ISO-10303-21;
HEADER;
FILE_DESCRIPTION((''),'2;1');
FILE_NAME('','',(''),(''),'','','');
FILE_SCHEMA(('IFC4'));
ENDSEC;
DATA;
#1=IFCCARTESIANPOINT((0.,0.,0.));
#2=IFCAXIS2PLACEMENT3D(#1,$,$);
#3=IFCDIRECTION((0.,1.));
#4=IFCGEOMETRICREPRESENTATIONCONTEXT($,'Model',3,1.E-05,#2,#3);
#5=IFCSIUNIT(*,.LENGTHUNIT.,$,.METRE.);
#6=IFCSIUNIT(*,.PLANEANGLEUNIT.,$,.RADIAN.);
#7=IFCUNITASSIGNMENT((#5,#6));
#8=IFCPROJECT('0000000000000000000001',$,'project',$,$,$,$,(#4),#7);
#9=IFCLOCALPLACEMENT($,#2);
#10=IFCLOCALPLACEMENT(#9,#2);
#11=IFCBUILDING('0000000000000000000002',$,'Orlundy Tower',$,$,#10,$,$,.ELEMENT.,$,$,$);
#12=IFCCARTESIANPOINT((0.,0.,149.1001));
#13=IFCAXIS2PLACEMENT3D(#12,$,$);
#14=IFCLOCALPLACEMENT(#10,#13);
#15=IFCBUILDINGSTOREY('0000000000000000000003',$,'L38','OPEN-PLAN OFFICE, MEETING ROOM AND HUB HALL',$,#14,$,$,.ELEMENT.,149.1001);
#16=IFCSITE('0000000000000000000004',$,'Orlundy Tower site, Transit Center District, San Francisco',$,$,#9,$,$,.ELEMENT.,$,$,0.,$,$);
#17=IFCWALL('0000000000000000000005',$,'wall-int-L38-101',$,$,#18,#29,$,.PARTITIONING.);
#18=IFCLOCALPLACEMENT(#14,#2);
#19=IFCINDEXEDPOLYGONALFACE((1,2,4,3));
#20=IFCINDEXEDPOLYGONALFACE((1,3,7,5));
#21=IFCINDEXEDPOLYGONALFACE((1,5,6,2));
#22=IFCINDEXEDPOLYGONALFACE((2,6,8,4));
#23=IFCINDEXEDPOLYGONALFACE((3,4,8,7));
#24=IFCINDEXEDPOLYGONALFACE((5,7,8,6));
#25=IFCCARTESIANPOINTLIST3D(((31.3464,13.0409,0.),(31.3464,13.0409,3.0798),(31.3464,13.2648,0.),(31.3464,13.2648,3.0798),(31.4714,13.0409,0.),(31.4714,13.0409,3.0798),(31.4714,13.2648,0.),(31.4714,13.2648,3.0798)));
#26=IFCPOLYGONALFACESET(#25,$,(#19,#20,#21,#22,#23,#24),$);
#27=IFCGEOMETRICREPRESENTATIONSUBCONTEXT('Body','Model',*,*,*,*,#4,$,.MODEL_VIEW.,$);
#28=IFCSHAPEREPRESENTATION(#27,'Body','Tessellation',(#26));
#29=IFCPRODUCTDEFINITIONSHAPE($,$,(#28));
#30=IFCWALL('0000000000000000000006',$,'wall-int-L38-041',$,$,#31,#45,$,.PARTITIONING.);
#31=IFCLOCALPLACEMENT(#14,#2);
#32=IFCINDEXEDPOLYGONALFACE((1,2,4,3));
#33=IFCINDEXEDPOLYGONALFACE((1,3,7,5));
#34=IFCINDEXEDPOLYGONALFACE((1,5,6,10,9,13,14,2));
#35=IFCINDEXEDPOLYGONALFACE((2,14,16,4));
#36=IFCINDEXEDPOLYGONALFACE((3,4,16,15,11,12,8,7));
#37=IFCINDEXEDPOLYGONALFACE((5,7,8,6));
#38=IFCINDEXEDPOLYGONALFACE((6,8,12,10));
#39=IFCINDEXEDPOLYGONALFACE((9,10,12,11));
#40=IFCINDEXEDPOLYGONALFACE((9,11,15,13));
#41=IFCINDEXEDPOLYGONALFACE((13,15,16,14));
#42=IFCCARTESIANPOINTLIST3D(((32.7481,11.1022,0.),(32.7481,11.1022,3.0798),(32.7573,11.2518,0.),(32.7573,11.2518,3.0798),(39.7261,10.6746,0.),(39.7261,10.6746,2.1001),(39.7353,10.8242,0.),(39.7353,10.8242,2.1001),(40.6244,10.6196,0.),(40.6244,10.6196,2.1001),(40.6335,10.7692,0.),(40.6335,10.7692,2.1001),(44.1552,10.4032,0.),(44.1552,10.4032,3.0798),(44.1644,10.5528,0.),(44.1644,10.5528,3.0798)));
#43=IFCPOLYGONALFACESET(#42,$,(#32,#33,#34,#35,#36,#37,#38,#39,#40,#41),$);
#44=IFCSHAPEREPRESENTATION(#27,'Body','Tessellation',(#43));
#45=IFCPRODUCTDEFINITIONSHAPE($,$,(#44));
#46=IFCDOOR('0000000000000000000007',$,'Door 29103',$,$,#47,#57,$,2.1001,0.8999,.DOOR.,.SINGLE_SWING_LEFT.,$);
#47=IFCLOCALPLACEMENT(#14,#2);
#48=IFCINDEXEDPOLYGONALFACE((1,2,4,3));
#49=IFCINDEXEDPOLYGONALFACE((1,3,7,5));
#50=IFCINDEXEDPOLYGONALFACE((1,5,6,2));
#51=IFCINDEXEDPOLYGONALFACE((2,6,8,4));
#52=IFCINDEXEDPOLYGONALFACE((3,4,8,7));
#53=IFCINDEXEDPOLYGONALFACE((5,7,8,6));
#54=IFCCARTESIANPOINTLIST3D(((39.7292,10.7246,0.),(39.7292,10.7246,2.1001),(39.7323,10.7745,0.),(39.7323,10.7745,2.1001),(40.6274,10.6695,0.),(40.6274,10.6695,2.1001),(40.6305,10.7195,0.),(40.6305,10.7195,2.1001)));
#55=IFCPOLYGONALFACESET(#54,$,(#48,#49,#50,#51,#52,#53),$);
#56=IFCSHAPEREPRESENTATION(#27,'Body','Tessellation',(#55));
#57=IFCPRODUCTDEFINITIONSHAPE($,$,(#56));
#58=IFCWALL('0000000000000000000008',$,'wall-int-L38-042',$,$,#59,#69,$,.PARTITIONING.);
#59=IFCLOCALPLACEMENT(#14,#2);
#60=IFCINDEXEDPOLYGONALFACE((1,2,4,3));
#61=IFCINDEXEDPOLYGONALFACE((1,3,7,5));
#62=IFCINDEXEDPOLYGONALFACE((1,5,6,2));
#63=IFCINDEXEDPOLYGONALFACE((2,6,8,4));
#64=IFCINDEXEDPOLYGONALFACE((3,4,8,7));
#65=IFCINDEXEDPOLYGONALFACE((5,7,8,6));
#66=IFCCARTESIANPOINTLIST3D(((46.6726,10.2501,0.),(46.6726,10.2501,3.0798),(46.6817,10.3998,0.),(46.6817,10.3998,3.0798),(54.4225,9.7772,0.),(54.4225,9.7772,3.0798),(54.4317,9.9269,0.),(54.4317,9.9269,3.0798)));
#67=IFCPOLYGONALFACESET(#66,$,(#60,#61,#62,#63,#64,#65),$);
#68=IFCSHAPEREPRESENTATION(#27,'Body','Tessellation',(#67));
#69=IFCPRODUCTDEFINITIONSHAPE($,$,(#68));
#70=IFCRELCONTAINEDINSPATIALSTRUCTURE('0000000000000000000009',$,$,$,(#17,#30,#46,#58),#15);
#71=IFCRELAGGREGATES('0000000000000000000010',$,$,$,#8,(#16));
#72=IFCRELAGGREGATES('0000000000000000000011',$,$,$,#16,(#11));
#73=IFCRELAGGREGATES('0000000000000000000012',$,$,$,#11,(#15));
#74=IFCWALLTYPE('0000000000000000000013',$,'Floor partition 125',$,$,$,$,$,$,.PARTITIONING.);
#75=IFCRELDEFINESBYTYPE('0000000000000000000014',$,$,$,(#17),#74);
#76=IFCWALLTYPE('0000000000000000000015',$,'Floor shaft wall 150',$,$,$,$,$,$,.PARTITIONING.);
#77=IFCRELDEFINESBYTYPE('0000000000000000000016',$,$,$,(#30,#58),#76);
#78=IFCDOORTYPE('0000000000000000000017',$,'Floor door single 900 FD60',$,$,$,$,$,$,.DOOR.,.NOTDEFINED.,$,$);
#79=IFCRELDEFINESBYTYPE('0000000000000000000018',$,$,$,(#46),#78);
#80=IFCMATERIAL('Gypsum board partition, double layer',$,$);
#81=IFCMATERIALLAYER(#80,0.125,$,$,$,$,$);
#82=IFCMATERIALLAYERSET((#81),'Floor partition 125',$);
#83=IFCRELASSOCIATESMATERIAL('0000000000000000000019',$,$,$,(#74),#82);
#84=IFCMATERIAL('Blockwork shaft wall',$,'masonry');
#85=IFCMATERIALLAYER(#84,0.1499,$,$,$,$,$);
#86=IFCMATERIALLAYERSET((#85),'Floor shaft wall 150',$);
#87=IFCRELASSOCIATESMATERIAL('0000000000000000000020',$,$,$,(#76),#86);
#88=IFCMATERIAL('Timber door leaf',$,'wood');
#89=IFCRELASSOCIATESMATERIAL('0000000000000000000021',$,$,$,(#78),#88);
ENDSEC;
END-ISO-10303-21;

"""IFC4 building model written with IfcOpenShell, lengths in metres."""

from ifc_helpers import new_model, si_unit, direction, frame, frame_2d, origin, place, context, subcontext, project, spatial, rectangle, extrude, material, layer, layer_set, type_object, element, fill, save


model = new_model("IFC4")

# Units and contexts
model_context = context("Model", 3, precision=1e-05, world=origin(), true_north=direction((0.0, 1.0)))
body_context = subcontext(model_context, "Body", "Model", "MODEL_VIEW")
ifc_project = project(units=[si_unit("LENGTHUNIT", "METRE"), si_unit("PLANEANGLEUNIT", "RADIAN")], contexts=[model_context])

# Site, building, storey
site_placement = place(None, origin())
site = spatial("IfcSite", under=ifc_project, at=site_placement, Name="Orlundy Tower site, Transit Center District, San Francisco", CompositionType="ELEMENT", RefElevation=0.0)
building_placement = place(site_placement, origin())
building = spatial("IfcBuilding", under=site, at=building_placement, Name="Orlundy Tower", CompositionType="ELEMENT")
storey_placement = place(building_placement, frame((0.0, 0.0, 149.1001)))
storey = spatial("IfcBuildingStorey", under=building, at=storey_placement, Name="L38", Description="OPEN-PLAN OFFICE, MEETING ROOM AND HUB HALL", CompositionType="ELEMENT", Elevation=149.1001)

# Shared definitions
ifc_material_1 = material(Name="Gypsum board partition, double layer")
ifc_layer_1 = layer(ifc_material_1, 0.125)
ifc_layer_set_1 = layer_set([ifc_layer_1], Name="Floor partition 125")
wall_type_1 = type_object("IfcWallType", Name="Floor partition 125", PredefinedType="PARTITIONING", material=ifc_layer_set_1)

# Wall
wall_1_placement = place(storey_placement, frame((31.4089, 13.041, 0.0), z_axis=(0.0, 0.0, 1.0), x_axis=(0.0, 1.0, 0.0)))
element("IfcWall", 1, at=wall_1_placement, inside=storey, type_object=wall_type_1, Name="wall-int-L38-101", PredefinedType="PARTITIONING", context=body_context, shape_type="SweptSolid", body=[
    extrude(rectangle(XDim=0.2239, YDim=0.125, at=frame_2d((0.1118, 0.0))), origin(), (0.0, 0.0, 1.0), 3.0798),
])

# Wall, opening, door
ifc_material_2 = material(Name="Blockwork shaft wall", Category="masonry")
ifc_layer_2 = layer(ifc_material_2, 0.1499)
ifc_layer_set_2 = layer_set([ifc_layer_2], Name="Floor shaft wall 150")
wall_type_2 = type_object("IfcWallType", Name="Floor shaft wall 150", PredefinedType="PARTITIONING", material=ifc_layer_set_2)
wall_2_placement = place(storey_placement, frame((44.1599, 10.478, 0.0), z_axis=(0.0, 0.0, 1.0), x_axis=(-0.998128, 0.061161, 0.0)))
wall_2 = element("IfcWall", 2, at=wall_2_placement, inside=storey, type_object=wall_type_2, Name="wall-int-L38-041", PredefinedType="PARTITIONING", context=body_context, shape_type="SweptSolid", body=[
    extrude(rectangle(XDim=11.4285, YDim=0.1499, at=frame_2d((5.7144, 0.0))), origin(), (0.0, 0.0, 1.0), 3.0798),
])
opening_1_placement = place(wall_2_placement, frame((3.5376, 0.0, 0.0)))
opening_1 = element("IfcOpeningElement", 3, at=opening_1_placement, cuts=wall_2, PredefinedType="OPENING", context=body_context, shape_type="SweptSolid", body=[
    extrude(rectangle(XDim=0.8999, YDim=2.1001, at=frame_2d((0.45, 1.05))), frame((0.0, 0.085, 0.0), z_axis=(0.0, -1.0, 0.0), x_axis=(1.0, 0.0, 0.0)), (0.0, 0.0, 1.0), 0.1699),
])
ifc_material_3 = material(Name="Timber door leaf", Category="wood")
door_type_1 = type_object("IfcDoorType", Name="Floor door single 900 FD60", OperationType="NOTDEFINED", PredefinedType="DOOR", material=ifc_material_3)
door_1_placement = place(opening_1_placement, origin())
door_1 = element("IfcDoor", 4, at=door_1_placement, inside=storey, type_object=door_type_1, Name="Door 29103", OperationType="SINGLE_SWING_LEFT", OverallHeight=2.1001, OverallWidth=0.8999, PredefinedType="DOOR", context=body_context, shape_type="SweptSolid", body=[
    extrude(rectangle(XDim=0.8999, YDim=2.1001, at=frame_2d((0.45, 1.05))), frame((0.0, 0.0249, 0.0), z_axis=(0.0, -1.0, 0.0), x_axis=(1.0, 0.0, 0.0)), (0.0, 0.0, 1.0), 0.05),
])
fill(opening_1, door_1)

# Wall
wall_3_placement = place(storey_placement, frame((46.677, 10.325, 0.0), z_axis=(0.0, 0.0, 1.0), x_axis=(0.998143, -0.060906, 0.0)))
element("IfcWall", 5, at=wall_3_placement, inside=storey, type_object=wall_type_2, Name="wall-int-L38-042", PredefinedType="PARTITIONING", context=body_context, shape_type="SweptSolid", body=[
    extrude(rectangle(XDim=7.7644, YDim=0.1499, at=frame_2d((3.8823, 0.0))), origin(), (0.0, 0.0, 1.0), 3.0798),
])

save(model, "model.ifc")
